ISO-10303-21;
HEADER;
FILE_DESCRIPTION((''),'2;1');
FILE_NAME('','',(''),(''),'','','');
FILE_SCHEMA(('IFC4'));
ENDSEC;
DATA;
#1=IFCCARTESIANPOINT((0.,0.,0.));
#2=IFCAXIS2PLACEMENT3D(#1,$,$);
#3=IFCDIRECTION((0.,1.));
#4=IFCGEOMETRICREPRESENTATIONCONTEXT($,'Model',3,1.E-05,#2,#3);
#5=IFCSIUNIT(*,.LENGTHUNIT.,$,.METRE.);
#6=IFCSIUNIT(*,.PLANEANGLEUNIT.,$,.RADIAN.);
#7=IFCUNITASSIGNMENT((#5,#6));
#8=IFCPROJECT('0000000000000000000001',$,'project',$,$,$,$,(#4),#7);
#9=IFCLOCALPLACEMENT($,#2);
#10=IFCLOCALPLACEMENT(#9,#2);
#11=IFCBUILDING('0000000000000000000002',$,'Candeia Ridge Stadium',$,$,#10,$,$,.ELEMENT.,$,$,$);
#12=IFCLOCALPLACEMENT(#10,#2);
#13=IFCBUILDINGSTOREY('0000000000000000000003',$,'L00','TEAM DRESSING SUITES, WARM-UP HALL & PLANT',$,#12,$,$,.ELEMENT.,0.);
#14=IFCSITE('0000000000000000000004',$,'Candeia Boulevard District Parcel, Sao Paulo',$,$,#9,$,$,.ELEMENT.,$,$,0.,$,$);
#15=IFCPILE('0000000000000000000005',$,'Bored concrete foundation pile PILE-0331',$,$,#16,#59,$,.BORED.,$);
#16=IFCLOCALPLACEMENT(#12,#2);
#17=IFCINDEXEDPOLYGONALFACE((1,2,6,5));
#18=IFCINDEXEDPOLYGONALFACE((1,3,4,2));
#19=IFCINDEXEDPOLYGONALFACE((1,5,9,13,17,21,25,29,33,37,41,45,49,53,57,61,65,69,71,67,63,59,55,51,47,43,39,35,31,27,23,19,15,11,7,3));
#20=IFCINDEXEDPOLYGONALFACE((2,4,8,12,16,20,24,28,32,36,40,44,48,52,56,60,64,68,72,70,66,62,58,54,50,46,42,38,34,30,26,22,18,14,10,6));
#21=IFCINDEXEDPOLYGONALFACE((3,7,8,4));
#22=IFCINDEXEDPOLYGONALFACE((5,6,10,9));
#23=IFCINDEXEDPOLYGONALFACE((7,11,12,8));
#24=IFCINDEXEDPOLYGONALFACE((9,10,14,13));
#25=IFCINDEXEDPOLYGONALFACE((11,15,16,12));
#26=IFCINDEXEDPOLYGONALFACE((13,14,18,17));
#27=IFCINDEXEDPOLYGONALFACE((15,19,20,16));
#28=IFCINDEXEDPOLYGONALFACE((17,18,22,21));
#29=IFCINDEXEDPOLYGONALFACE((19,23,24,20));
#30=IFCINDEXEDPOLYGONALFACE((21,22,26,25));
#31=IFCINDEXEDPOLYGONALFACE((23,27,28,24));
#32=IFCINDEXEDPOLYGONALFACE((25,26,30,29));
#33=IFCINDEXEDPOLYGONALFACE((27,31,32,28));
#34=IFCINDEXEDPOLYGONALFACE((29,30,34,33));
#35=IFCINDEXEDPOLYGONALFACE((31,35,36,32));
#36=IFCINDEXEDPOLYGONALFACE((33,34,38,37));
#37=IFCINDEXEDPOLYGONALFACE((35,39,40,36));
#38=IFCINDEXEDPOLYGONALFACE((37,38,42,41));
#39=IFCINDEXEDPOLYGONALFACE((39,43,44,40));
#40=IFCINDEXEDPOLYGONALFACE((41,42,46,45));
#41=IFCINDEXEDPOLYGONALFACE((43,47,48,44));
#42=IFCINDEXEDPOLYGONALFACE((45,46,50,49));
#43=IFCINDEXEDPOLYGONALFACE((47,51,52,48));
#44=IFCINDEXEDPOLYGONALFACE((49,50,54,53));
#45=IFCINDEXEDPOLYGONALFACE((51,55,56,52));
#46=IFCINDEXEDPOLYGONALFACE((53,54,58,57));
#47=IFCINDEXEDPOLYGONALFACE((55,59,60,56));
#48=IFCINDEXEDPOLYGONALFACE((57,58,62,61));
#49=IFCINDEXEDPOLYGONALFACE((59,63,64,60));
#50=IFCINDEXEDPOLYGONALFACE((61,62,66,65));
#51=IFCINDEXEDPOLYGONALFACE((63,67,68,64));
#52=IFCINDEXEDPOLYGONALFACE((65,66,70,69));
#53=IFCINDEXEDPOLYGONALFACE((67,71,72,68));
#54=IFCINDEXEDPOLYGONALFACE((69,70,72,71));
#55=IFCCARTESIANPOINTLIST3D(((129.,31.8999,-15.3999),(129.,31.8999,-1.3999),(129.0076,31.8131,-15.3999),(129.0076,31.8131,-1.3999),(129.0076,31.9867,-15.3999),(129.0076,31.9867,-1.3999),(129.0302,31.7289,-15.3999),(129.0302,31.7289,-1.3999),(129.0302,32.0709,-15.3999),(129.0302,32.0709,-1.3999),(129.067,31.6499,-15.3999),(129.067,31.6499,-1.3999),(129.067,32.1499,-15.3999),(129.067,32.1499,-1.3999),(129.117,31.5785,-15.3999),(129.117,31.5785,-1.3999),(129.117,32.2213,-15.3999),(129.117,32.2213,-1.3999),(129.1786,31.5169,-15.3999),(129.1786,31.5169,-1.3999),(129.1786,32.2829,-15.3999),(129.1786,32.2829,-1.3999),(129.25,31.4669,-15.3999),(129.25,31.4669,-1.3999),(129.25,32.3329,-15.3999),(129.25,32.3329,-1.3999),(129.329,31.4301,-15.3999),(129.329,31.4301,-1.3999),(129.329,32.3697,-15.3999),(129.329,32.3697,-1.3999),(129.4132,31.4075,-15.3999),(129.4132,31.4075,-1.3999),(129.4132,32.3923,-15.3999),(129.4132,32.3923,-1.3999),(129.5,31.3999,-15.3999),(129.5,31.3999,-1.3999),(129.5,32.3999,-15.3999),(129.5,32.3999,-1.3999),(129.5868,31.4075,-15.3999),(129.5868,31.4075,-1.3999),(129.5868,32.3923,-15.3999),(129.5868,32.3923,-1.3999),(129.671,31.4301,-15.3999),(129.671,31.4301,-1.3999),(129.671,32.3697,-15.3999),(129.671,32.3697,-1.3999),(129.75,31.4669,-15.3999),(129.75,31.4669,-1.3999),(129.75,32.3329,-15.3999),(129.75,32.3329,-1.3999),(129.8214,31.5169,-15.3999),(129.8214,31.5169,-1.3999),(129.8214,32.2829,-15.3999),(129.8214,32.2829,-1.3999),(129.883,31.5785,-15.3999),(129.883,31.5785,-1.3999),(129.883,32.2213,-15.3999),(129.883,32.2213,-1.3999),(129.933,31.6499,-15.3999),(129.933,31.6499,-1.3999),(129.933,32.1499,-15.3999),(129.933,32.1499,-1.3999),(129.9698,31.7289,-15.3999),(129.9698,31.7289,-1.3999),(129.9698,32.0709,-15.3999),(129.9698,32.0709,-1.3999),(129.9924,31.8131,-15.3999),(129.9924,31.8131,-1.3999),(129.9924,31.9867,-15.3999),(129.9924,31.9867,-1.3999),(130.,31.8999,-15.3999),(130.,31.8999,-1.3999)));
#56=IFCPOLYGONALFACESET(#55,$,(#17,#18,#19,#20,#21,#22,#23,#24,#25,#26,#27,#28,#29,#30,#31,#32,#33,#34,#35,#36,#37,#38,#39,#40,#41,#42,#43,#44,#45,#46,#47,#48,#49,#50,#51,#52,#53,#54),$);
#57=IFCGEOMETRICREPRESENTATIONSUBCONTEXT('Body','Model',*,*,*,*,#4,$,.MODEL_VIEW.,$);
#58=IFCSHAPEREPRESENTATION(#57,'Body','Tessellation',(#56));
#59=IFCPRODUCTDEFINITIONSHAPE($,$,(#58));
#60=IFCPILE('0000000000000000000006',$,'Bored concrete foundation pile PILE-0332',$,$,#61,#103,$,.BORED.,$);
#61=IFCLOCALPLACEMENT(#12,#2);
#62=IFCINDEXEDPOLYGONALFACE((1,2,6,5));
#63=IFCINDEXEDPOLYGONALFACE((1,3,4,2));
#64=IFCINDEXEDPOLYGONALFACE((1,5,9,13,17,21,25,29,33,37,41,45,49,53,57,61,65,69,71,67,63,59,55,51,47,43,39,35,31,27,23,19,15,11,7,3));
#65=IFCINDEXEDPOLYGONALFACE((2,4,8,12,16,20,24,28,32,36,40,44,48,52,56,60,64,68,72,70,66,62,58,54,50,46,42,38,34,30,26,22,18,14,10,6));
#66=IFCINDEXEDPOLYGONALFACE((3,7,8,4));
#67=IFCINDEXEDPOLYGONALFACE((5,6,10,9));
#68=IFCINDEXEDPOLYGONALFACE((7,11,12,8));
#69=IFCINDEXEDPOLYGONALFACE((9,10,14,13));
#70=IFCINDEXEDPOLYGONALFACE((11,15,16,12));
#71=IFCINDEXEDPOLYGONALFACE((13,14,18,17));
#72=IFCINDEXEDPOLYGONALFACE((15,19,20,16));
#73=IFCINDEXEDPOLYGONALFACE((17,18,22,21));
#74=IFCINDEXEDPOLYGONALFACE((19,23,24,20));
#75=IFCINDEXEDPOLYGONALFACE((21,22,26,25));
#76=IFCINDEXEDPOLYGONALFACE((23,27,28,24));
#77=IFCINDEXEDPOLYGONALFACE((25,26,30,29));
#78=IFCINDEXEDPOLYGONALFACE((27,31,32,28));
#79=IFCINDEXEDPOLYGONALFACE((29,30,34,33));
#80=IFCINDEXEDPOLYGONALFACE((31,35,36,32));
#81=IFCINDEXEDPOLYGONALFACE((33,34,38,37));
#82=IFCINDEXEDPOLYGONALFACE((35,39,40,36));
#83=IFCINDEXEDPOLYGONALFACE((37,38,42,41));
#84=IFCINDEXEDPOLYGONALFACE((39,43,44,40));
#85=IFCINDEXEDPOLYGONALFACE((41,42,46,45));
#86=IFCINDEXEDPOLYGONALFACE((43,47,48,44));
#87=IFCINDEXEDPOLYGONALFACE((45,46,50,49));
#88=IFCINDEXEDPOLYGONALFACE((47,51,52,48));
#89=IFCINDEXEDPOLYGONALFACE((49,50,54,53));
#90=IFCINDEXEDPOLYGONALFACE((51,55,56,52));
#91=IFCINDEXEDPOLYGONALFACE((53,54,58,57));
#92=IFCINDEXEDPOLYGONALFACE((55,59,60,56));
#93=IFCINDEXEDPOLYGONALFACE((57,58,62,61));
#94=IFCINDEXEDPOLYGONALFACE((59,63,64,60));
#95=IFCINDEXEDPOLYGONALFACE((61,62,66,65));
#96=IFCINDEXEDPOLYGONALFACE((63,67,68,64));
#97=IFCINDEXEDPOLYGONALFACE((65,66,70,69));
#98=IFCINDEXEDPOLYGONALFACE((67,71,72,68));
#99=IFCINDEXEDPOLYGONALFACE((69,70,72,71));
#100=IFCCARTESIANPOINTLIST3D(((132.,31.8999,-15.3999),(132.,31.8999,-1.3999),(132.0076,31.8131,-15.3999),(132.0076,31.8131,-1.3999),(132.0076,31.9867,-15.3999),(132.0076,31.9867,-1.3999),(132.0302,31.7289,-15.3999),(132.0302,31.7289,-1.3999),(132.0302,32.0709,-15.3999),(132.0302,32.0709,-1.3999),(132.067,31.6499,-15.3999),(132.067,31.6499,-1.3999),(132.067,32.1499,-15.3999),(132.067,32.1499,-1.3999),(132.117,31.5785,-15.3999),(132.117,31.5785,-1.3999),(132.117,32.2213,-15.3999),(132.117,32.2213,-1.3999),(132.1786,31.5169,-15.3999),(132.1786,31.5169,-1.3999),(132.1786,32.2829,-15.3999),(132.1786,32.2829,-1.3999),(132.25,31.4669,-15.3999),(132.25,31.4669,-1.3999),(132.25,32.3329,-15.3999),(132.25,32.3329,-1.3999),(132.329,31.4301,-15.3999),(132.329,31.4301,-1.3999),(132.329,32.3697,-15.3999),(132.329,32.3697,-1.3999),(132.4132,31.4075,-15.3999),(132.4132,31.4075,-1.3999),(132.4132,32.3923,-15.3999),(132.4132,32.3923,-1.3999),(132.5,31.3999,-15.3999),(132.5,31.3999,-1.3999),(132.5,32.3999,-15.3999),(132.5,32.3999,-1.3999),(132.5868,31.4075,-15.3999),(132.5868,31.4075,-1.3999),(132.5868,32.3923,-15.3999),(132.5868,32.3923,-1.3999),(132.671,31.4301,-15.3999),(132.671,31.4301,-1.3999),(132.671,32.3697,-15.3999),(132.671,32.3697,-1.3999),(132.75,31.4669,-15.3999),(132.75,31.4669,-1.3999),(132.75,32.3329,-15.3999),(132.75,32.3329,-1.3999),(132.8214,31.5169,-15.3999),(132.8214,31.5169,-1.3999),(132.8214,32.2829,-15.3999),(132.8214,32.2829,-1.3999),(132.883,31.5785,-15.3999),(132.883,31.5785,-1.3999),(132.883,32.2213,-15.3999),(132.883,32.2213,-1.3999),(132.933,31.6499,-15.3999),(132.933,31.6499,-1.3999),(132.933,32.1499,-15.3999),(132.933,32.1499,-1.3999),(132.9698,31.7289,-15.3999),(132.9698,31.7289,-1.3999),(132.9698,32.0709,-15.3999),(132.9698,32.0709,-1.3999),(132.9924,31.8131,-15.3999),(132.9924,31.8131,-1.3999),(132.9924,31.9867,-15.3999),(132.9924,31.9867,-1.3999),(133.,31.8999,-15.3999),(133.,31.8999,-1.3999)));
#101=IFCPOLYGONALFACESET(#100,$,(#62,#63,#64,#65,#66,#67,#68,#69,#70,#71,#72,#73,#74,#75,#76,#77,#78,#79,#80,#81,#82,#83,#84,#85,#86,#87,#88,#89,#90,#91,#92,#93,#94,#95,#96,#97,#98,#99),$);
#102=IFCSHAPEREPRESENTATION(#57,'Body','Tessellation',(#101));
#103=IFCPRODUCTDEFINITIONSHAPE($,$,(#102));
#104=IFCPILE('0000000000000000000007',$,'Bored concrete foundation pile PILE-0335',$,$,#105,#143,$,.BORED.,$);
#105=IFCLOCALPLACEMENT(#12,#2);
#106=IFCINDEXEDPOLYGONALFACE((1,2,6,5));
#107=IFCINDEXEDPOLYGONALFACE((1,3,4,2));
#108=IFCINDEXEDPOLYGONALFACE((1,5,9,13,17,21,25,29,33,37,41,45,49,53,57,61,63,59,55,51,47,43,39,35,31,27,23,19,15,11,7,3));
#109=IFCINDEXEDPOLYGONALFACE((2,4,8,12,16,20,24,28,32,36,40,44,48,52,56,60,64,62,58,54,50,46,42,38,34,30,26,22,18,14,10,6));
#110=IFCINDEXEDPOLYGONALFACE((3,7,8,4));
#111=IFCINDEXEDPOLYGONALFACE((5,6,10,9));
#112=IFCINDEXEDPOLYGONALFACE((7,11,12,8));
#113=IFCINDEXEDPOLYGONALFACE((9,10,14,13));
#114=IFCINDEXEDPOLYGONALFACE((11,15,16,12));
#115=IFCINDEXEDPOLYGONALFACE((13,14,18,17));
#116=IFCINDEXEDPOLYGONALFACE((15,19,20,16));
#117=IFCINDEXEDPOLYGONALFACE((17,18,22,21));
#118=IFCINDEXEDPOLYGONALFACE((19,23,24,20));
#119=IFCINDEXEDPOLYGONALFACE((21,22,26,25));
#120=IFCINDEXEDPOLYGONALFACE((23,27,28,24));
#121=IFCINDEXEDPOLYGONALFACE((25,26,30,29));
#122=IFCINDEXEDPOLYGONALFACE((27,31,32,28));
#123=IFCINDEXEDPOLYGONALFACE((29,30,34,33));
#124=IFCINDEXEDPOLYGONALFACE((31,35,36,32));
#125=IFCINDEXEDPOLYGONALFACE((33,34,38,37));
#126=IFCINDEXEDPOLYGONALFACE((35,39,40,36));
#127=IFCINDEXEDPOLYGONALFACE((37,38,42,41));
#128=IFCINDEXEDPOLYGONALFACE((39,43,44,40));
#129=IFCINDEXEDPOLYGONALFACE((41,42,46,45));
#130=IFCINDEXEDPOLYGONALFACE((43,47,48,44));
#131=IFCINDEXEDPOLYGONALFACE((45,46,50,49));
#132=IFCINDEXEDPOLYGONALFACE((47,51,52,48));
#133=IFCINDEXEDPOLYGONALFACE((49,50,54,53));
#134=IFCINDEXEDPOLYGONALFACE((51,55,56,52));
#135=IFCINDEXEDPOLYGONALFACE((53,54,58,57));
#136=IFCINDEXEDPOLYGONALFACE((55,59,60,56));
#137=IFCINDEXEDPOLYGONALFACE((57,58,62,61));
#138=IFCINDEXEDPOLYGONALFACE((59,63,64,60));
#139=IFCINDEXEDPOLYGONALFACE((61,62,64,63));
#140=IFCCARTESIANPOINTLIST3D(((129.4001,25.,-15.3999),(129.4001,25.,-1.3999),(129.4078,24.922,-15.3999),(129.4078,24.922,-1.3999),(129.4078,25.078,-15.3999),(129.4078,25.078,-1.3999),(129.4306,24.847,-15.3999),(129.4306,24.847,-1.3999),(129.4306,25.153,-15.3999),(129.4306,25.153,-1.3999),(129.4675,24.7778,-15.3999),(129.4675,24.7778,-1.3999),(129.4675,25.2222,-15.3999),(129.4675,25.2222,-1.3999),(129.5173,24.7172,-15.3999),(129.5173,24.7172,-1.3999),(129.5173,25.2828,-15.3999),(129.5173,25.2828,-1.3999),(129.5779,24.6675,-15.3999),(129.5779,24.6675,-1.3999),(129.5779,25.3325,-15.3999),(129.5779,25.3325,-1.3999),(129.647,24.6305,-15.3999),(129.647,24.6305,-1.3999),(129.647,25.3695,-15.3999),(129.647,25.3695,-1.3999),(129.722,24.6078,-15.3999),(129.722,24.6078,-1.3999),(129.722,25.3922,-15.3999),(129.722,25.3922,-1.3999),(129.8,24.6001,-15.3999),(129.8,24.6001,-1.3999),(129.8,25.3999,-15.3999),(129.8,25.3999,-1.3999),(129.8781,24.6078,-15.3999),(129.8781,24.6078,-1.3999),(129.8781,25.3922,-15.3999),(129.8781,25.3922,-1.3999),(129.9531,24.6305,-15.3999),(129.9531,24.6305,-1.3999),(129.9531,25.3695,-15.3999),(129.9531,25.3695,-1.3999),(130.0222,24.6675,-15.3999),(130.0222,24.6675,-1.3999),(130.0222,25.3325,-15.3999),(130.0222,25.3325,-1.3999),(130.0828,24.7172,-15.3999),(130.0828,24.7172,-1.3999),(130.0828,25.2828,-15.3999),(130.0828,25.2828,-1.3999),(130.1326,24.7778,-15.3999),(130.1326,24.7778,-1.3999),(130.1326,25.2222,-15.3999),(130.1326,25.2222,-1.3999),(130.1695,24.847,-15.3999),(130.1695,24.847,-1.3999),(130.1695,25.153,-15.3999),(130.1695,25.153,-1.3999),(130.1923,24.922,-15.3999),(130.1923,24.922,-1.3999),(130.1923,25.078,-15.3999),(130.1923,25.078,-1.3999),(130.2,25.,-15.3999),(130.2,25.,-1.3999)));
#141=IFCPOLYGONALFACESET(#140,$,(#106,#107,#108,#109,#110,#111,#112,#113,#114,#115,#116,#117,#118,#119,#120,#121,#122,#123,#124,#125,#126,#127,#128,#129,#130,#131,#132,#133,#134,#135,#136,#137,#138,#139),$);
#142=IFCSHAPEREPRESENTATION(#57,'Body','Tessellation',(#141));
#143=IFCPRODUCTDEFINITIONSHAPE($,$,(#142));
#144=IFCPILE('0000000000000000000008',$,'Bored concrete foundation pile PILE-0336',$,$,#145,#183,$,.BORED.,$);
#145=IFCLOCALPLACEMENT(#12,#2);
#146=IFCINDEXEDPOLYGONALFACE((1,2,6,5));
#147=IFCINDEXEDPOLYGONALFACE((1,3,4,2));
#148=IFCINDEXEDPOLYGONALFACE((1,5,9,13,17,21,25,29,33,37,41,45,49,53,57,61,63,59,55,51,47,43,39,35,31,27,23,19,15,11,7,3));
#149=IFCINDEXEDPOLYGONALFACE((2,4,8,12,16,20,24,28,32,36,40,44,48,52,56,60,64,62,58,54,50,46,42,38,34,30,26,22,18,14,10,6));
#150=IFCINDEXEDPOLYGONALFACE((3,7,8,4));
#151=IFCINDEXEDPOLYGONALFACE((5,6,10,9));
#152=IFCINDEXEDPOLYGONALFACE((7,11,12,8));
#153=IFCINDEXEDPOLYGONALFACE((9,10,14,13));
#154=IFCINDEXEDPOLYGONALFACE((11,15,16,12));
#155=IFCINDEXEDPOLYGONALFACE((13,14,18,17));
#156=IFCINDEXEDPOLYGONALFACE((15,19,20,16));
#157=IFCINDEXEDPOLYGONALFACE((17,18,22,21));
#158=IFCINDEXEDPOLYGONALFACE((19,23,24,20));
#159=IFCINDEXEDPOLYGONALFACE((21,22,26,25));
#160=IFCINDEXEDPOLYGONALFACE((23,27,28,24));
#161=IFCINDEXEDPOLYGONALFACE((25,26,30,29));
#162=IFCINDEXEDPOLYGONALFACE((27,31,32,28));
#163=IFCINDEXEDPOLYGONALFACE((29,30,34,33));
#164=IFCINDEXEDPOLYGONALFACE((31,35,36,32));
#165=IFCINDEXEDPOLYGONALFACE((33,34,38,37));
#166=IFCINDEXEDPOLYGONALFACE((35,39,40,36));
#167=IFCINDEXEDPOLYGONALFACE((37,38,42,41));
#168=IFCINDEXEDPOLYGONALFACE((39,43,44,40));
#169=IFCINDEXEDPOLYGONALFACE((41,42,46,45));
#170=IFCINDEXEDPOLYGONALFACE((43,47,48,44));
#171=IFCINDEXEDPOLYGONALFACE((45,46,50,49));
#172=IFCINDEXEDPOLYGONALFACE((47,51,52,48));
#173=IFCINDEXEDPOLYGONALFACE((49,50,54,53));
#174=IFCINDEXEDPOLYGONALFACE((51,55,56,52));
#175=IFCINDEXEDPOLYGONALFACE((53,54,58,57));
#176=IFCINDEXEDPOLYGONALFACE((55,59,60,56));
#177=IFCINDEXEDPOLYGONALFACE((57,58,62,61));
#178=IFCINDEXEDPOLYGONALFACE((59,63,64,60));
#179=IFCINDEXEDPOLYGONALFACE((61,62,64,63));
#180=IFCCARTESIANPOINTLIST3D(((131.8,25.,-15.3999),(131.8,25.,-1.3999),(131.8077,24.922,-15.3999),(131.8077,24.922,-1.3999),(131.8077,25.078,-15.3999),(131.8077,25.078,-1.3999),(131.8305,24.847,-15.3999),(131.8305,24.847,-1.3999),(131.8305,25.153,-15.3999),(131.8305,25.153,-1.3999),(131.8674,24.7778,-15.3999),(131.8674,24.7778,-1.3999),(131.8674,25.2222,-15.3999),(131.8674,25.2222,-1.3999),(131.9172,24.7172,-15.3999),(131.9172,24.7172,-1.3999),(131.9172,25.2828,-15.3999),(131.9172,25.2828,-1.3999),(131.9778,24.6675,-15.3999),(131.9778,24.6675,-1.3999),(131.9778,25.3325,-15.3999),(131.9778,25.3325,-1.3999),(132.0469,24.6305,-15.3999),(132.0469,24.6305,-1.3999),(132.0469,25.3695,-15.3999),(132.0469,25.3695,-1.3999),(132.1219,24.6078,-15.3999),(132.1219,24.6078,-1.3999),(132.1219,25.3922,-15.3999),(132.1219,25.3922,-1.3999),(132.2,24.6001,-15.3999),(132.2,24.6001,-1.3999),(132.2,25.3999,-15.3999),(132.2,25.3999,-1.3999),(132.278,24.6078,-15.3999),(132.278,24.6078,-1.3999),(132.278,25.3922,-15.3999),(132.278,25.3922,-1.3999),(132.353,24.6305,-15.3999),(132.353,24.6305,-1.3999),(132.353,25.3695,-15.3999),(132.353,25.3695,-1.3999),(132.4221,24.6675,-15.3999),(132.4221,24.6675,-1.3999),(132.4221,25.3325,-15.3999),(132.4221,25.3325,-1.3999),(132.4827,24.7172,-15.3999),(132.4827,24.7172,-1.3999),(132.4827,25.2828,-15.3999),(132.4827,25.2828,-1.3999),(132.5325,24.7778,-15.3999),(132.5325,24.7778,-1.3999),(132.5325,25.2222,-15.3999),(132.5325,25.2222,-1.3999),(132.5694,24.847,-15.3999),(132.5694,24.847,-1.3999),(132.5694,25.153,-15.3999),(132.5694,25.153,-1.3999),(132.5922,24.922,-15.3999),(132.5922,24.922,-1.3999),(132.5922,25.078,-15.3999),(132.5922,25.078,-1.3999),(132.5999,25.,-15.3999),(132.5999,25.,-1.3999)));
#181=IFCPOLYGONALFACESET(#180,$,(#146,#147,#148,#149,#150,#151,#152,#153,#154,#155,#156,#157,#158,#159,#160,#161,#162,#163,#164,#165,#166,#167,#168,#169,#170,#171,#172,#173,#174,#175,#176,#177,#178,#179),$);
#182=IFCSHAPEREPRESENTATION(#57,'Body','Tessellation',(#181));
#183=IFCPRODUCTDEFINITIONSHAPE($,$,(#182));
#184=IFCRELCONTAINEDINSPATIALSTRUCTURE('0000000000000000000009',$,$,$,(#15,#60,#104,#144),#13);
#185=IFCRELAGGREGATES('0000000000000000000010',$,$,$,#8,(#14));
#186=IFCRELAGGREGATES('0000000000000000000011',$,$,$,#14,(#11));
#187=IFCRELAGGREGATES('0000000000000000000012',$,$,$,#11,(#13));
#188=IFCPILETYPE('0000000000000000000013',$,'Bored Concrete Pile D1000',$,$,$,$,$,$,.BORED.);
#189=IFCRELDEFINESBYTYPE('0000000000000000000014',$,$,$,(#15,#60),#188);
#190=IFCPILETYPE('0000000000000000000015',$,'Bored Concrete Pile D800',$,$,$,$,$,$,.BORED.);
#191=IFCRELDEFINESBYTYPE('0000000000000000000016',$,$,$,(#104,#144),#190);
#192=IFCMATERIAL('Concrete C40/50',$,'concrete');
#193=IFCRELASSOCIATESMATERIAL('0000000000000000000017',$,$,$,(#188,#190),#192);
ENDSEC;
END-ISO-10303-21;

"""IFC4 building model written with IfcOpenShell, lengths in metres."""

from ifc_helpers import new_model, si_unit, direction, frame, origin, origin_2d, place, context, subcontext, project, spatial, circle, extrude, material, material_profile, profile_set, type_object, element, save


model = new_model("IFC4")

# Units and contexts
model_context = context("Model", 3, precision=1e-05, world=origin(), true_north=direction((0.0, 1.0)))
body_context = subcontext(model_context, "Body", "Model", "MODEL_VIEW")
ifc_project = project(units=[si_unit("LENGTHUNIT", "METRE"), si_unit("PLANEANGLEUNIT", "RADIAN")], contexts=[model_context])

# Site, building, storey
site_placement = place(None, origin())
site = spatial("IfcSite", under=ifc_project, at=site_placement, Name="Candeia Boulevard District Parcel, Sao Paulo", CompositionType="ELEMENT", RefElevation=0.0)
building_placement = place(site_placement, origin())
building = spatial("IfcBuilding", under=site, at=building_placement, Name="Candeia Ridge Stadium", CompositionType="ELEMENT")
storey_placement = place(building_placement, origin())
storey = spatial("IfcBuildingStorey", under=building, at=storey_placement, Name="L00", Description="TEAM DRESSING SUITES, WARM-UP HALL & PLANT", CompositionType="ELEMENT", Elevation=0.0)

# Piles
ifc_material_1 = material(Name="Concrete C40/50", Category="concrete")
ifc_material_profile_1 = material_profile(ifc_material_1, circle(Radius=0.5, at=origin_2d()), Name="PILE-D1000", Category="concrete")
ifc_profile_set_1 = profile_set([ifc_material_profile_1], Name="Concrete C40/50")
pile_type_1 = type_object("IfcPileType", Name="Bored Concrete Pile D1000", PredefinedType="BORED", material=ifc_profile_set_1)
for number, where, z_axis, x_axis, name in (
    (1, (129.5, 31.8999, -1.3999), (0.0, 0.0, -1.0), (1.0, 0.0, 0.0), "Bored concrete foundation pile PILE-0331"),
    (2, (132.5, 31.8999, -1.3999), (0.0, 0.0, -1.0), (1.0, 0.0, 0.0), "Bored concrete foundation pile PILE-0332"),
):
    element("IfcPile", number, at=place(storey_placement, frame(where, z_axis=z_axis, x_axis=x_axis)), inside=storey, type_object=pile_type_1, Name=name, PredefinedType="BORED", context=body_context, shape_type="SweptSolid", body=[
        extrude(circle(Radius=0.5, at=origin_2d()), origin(), (0.0, 0.0, 1.0), 14.0),
    ])
ifc_material_profile_2 = material_profile(ifc_material_1, circle(Radius=0.3999, at=origin_2d()), Name="PILE-D800", Category="concrete")
ifc_profile_set_2 = profile_set([ifc_material_profile_2], Name="Concrete C40/50")
pile_type_2 = type_object("IfcPileType", Name="Bored Concrete Pile D800", PredefinedType="BORED", material=ifc_profile_set_2)
for number, where, z_axis, x_axis, name in (
    (3, (129.8, 25.0, -1.3999), (0.0, 0.0, -1.0), (1.0, 0.0, 0.0), "Bored concrete foundation pile PILE-0335"),
    (4, (132.2, 25.0, -1.3999), (0.0, 0.0, -1.0), (1.0, 0.0, 0.0), "Bored concrete foundation pile PILE-0336"),
):
    element("IfcPile", number, at=place(storey_placement, frame(where, z_axis=z_axis, x_axis=x_axis)), inside=storey, type_object=pile_type_2, Name=name, PredefinedType="BORED", context=body_context, shape_type="SweptSolid", body=[
        extrude(circle(Radius=0.3999, at=origin_2d()), origin(), (0.0, 0.0, 1.0), 14.0),
    ])

save(model, "model.ifc")
